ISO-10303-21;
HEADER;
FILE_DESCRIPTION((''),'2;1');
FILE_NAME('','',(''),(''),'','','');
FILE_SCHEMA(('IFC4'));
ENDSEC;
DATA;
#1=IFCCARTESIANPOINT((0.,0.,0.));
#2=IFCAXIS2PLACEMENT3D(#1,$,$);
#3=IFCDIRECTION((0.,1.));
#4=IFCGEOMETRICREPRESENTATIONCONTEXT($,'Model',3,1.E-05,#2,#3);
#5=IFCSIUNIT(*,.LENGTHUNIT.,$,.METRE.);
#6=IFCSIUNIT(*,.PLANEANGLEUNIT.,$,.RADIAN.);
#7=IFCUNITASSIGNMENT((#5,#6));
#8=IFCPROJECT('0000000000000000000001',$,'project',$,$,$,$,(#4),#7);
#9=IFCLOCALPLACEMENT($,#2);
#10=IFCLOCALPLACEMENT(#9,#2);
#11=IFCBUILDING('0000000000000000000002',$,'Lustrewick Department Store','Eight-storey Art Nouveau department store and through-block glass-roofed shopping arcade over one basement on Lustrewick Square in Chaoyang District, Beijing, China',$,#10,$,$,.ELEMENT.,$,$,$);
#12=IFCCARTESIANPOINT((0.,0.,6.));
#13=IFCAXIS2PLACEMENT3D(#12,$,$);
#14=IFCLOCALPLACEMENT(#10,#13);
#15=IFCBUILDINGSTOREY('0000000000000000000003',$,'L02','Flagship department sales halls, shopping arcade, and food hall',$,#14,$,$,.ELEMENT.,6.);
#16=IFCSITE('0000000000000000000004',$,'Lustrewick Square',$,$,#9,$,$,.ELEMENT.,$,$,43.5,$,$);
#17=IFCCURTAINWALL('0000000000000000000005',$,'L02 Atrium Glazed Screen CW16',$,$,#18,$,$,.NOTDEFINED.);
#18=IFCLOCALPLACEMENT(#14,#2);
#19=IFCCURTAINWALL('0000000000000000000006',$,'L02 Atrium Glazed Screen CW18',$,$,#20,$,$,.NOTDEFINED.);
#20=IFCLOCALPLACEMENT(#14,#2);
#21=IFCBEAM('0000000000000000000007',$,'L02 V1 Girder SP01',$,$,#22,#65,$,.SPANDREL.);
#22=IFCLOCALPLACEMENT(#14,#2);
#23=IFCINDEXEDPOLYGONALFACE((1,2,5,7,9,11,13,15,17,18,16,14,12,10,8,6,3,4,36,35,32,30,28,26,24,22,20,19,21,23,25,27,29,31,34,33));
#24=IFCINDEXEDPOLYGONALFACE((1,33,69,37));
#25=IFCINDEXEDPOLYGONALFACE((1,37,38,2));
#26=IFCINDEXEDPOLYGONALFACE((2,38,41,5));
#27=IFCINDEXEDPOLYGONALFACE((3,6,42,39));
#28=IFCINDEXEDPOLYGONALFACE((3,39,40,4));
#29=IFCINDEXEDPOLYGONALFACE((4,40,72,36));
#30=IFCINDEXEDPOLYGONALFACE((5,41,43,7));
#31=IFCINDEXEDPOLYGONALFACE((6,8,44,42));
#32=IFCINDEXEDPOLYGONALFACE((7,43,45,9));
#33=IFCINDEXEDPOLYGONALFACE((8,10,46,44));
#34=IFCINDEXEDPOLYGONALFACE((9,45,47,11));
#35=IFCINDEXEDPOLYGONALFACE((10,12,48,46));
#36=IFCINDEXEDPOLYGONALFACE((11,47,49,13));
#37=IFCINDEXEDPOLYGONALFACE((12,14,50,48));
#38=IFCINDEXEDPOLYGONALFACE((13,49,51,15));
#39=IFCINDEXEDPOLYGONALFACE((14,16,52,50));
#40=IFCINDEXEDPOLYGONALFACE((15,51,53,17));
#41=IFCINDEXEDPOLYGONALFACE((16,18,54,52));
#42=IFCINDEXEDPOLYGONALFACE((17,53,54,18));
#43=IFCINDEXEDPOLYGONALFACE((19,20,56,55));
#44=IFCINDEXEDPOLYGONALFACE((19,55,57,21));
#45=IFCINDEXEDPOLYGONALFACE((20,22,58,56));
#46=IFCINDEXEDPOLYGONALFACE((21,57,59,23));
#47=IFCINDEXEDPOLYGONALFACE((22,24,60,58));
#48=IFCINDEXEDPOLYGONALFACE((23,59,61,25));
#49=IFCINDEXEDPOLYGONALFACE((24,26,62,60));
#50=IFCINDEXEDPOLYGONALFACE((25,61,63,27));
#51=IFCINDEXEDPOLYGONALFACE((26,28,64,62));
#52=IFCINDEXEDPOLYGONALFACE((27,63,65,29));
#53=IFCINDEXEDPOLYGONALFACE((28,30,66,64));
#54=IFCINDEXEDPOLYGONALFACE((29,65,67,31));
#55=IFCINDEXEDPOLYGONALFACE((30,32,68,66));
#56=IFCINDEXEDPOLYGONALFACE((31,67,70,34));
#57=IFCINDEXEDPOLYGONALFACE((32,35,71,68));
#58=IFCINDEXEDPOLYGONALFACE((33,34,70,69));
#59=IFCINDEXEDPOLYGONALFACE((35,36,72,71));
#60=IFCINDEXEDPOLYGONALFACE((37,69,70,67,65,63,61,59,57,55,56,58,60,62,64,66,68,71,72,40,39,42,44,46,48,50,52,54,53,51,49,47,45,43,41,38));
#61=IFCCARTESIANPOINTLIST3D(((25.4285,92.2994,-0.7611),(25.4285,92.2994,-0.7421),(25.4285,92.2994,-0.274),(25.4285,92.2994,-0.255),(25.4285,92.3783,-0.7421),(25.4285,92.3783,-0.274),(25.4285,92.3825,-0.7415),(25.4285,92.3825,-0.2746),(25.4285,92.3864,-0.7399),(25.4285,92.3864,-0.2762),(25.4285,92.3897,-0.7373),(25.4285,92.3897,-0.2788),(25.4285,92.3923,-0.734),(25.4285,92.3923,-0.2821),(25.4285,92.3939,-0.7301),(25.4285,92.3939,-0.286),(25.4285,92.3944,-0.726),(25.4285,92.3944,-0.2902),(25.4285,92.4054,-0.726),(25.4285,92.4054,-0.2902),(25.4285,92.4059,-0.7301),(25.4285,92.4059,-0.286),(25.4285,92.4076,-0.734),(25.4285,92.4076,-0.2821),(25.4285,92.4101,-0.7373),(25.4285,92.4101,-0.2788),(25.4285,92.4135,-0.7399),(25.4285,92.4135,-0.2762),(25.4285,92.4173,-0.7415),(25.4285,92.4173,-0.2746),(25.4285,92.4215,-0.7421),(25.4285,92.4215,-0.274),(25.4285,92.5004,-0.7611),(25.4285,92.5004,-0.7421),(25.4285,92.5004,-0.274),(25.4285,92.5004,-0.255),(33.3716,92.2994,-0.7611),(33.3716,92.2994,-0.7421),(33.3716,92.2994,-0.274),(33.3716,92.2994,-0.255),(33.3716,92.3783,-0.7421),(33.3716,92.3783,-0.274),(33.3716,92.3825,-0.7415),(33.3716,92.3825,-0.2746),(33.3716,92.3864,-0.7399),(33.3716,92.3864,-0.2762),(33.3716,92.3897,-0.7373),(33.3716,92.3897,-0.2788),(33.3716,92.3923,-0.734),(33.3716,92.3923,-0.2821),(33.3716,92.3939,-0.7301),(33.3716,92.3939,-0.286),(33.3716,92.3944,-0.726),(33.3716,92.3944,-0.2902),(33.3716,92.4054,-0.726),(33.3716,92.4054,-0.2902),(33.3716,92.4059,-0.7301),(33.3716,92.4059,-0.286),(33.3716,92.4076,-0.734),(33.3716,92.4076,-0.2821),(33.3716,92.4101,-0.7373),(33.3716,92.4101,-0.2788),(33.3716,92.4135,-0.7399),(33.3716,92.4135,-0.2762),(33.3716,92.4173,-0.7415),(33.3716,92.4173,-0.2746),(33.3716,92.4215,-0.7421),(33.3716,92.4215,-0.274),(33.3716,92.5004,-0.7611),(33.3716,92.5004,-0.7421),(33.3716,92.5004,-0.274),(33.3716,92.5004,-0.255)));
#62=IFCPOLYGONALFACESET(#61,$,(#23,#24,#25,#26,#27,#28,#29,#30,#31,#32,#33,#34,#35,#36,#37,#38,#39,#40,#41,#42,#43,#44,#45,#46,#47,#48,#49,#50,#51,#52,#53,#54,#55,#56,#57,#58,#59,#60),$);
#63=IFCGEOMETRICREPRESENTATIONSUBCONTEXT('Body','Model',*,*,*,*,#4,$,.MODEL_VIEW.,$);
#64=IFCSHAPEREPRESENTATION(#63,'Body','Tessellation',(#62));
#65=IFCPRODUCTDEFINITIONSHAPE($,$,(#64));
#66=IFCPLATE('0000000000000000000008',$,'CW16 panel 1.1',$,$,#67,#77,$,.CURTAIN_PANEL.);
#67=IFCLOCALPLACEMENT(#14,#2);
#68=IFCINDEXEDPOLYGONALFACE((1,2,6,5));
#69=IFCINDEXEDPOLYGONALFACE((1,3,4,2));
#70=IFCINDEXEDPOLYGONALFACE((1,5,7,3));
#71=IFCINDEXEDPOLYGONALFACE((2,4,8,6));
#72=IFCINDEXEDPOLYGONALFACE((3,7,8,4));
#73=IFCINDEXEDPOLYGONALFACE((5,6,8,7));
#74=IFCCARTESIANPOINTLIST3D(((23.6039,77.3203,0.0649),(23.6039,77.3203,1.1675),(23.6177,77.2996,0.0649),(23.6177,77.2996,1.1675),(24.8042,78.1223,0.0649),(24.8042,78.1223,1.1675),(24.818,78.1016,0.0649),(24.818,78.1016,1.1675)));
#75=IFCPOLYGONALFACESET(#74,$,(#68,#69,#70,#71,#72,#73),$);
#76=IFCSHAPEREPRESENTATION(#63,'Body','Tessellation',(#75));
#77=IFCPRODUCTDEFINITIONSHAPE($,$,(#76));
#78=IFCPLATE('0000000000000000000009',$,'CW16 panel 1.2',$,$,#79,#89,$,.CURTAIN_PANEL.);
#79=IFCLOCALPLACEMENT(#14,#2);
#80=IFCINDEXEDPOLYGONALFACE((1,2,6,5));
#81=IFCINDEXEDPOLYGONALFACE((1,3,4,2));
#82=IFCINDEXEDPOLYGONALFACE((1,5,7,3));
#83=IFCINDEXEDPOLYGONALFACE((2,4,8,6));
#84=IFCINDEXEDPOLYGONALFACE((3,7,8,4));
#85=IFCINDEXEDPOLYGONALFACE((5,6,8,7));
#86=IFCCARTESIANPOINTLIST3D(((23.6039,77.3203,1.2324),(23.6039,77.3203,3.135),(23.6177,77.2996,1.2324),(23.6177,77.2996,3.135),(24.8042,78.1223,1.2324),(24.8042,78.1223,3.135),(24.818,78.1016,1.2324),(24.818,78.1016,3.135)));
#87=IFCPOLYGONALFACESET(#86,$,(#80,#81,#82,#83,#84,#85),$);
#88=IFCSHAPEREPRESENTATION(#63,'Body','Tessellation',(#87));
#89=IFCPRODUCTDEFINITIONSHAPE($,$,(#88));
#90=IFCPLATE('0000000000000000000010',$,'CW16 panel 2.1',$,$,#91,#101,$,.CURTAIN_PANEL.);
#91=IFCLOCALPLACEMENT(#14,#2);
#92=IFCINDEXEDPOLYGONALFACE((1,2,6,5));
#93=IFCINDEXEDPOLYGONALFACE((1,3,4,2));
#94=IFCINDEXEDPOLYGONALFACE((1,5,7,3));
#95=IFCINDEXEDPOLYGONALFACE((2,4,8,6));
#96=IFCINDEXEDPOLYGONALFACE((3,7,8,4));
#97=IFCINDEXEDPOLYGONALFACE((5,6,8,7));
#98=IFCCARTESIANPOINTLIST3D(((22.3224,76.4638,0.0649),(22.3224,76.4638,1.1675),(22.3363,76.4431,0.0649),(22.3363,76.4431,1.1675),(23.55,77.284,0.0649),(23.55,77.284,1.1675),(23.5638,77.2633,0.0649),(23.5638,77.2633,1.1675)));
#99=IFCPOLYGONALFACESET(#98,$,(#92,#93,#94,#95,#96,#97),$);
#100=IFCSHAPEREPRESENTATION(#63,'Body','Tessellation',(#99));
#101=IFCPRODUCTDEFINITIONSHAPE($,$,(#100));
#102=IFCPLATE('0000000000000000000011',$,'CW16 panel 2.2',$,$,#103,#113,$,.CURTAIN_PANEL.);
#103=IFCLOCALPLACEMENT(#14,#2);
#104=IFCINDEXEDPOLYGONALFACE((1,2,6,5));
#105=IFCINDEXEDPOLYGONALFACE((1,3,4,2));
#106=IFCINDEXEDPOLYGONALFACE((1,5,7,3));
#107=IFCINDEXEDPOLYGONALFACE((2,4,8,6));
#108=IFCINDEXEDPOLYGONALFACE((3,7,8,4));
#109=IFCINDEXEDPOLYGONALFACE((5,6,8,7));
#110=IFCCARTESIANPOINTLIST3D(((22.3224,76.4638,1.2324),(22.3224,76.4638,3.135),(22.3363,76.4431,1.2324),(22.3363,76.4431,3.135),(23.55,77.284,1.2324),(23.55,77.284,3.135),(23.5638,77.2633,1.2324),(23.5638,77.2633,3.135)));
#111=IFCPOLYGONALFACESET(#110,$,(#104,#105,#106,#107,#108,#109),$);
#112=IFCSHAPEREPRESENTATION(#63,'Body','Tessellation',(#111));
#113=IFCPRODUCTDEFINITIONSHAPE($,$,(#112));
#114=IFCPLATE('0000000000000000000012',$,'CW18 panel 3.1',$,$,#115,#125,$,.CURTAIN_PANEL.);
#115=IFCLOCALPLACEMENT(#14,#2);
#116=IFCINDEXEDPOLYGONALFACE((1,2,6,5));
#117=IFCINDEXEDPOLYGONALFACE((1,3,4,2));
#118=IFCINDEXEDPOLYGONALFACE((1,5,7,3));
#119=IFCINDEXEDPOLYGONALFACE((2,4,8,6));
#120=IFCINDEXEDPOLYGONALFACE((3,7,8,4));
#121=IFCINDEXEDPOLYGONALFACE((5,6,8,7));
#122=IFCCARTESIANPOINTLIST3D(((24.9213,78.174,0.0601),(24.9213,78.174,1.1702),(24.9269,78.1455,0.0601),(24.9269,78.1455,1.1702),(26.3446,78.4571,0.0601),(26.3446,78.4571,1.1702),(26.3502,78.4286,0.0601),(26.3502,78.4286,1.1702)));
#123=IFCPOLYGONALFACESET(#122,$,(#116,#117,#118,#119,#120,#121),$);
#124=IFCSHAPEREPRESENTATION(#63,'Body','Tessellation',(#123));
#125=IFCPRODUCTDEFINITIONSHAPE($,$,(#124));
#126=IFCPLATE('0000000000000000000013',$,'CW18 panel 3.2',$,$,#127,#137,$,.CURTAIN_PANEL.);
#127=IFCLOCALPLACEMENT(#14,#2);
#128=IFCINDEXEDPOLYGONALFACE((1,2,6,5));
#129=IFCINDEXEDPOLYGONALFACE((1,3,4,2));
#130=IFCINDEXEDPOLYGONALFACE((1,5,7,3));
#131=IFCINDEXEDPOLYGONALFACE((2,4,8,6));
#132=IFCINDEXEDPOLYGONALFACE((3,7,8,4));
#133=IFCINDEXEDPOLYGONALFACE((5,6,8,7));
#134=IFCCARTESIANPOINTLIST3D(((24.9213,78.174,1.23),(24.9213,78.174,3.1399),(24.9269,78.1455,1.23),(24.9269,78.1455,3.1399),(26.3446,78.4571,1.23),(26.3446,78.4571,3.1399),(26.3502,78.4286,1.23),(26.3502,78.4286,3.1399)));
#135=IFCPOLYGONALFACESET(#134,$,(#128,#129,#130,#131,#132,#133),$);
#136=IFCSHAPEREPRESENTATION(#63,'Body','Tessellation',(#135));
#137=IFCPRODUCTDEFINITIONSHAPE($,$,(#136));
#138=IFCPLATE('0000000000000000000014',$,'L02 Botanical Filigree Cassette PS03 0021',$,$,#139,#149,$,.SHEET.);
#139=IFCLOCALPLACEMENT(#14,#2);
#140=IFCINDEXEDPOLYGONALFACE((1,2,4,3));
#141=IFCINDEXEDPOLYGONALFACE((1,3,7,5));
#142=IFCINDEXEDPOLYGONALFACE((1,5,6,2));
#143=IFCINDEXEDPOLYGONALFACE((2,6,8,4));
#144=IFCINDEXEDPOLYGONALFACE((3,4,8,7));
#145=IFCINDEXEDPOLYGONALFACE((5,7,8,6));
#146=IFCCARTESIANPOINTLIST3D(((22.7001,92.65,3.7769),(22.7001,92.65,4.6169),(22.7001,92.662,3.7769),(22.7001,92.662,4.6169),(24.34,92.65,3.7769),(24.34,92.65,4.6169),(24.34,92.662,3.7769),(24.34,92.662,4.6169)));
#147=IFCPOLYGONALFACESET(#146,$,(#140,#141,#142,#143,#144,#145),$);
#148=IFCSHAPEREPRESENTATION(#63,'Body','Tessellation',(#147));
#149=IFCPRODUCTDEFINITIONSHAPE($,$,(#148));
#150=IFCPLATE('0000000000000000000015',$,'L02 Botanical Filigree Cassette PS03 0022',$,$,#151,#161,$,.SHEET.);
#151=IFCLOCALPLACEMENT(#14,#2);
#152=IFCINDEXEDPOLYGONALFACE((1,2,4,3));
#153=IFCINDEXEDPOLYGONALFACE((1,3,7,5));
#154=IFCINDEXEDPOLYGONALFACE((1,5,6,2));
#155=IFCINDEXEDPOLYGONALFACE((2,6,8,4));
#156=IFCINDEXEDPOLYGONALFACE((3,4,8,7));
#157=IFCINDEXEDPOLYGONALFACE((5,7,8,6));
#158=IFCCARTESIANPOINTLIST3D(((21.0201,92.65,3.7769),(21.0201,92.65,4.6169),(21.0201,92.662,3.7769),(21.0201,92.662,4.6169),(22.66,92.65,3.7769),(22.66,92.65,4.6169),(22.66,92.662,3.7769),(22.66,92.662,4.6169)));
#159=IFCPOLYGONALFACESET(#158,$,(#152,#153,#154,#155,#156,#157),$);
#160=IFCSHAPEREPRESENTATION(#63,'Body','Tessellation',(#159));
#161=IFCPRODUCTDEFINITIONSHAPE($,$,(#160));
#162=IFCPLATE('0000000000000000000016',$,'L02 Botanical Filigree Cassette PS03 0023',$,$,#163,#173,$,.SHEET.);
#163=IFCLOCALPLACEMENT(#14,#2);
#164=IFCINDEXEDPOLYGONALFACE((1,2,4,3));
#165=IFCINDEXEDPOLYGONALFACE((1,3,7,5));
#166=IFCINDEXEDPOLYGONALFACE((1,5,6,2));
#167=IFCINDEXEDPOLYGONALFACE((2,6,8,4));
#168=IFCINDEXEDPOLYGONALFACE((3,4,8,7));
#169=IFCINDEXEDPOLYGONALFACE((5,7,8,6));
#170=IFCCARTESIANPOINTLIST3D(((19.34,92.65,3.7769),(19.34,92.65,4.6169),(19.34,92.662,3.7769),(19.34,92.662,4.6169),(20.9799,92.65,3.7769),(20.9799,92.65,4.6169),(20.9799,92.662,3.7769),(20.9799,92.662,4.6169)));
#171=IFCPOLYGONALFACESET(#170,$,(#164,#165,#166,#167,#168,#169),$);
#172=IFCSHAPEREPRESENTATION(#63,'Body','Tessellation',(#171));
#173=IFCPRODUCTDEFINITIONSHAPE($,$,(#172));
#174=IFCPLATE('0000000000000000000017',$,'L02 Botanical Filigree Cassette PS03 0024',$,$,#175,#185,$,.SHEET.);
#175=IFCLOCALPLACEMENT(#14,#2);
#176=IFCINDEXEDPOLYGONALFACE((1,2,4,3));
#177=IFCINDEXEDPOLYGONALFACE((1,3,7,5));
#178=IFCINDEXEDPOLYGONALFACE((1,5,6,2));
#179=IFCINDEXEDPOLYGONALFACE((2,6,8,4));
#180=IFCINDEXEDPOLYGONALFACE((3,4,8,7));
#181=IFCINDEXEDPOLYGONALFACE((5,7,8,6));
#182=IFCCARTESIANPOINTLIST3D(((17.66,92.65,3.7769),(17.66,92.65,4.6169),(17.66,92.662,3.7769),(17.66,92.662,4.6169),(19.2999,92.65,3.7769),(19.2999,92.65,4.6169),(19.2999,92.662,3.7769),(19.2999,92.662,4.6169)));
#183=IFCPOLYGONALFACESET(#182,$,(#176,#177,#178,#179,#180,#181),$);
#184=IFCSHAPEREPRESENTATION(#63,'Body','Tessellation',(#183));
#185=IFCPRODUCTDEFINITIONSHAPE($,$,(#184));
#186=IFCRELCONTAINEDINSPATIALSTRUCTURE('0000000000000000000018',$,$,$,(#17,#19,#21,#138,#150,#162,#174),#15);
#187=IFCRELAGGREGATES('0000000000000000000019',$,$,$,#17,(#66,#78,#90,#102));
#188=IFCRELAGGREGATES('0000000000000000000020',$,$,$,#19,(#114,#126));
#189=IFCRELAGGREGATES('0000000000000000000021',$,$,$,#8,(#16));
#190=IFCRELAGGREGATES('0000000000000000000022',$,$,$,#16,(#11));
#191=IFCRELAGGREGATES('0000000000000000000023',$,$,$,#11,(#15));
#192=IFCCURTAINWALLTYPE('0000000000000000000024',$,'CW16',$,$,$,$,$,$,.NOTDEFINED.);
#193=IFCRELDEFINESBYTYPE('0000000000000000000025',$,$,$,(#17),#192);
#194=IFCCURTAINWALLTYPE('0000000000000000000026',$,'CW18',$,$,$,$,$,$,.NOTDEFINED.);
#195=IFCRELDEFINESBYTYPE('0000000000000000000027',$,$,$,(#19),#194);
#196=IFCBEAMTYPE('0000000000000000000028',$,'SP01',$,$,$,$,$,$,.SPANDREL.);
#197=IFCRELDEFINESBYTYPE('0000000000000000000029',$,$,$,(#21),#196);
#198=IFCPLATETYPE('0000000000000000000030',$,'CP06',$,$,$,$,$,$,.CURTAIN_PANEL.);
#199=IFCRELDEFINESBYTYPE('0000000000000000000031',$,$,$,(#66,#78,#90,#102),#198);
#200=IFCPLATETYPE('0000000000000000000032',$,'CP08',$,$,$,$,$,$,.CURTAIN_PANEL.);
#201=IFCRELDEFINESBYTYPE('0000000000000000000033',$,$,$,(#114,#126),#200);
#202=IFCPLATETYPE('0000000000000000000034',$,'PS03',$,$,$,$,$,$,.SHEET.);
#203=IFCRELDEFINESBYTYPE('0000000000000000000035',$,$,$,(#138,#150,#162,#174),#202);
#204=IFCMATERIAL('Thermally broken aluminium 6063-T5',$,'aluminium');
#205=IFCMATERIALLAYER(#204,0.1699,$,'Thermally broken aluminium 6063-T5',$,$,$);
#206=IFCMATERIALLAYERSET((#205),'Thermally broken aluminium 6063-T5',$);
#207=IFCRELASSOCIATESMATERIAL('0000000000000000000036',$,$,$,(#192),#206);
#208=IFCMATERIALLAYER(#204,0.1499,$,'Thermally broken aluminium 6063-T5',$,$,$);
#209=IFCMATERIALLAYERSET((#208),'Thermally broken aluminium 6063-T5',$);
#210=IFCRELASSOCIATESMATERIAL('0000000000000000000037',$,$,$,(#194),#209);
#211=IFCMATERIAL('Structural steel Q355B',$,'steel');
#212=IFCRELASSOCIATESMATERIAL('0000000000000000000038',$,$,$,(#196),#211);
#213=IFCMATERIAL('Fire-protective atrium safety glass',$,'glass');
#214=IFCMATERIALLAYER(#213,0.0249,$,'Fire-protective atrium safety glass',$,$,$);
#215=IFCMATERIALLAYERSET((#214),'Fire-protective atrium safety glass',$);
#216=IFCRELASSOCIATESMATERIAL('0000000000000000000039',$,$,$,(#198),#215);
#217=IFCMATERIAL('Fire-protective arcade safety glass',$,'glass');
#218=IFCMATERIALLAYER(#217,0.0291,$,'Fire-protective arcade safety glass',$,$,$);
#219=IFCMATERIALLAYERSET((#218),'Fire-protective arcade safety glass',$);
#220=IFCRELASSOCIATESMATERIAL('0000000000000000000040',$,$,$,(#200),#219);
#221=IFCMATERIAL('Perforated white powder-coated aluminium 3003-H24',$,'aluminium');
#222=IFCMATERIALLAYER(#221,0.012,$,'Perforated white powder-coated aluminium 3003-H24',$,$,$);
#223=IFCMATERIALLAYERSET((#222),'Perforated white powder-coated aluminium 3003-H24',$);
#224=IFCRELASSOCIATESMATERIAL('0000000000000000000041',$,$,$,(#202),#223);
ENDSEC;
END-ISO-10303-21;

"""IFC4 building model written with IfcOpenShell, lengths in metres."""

from ifc_helpers import new_model, si_unit, direction, frame, origin, origin_2d, place, context, subcontext, project, spatial, rectangle, i_section, extrude, material, layer, layer_set, material_profile, profile_set, type_object, element, aggregate, save


model = new_model("IFC4")

# Units and contexts
model_context = context("Model", 3, precision=1e-05, world=origin(), true_north=direction((0.0, 1.0)))
body_context = subcontext(model_context, "Body", "Model", "MODEL_VIEW")
ifc_project = project(units=[si_unit("LENGTHUNIT", "METRE"), si_unit("PLANEANGLEUNIT", "RADIAN")], contexts=[model_context])

# Site, building, storey
site_placement = place(None, origin())
site = spatial("IfcSite", under=ifc_project, at=site_placement, Name="Lustrewick Square", CompositionType="ELEMENT", RefElevation=43.5)
building_placement = place(site_placement, origin())
building = spatial("IfcBuilding", under=site, at=building_placement, Name="Lustrewick Department Store", Description="Eight-storey Art Nouveau department store and through-block glass-roofed shopping arcade over one basement on Lustrewick Square in Chaoyang District, Beijing, China", CompositionType="ELEMENT")
storey_placement = place(building_placement, frame((0.0, 0.0, 6.0)))
storey = spatial("IfcBuildingStorey", under=building, at=storey_placement, Name="L02", Description="Flagship department sales halls, shopping arcade, and food hall", CompositionType="ELEMENT", Elevation=6.0)

# Shared definitions
ifc_material_1 = material(Name="Structural steel Q355B", Category="steel")

# Curtain wall
ifc_material_2 = material(Name="Thermally broken aluminium 6063-T5", Category="aluminium")
ifc_layer_1 = layer(ifc_material_2, 0.1699, Name="Thermally broken aluminium 6063-T5")
ifc_layer_set_1 = layer_set([ifc_layer_1], Name="Thermally broken aluminium 6063-T5")
curtain_wall_type_1 = type_object("IfcCurtainWallType", Name="CW16", PredefinedType="NOTDEFINED", material=ifc_layer_set_1)
curtain_wall_1_placement = place(storey_placement, origin())
curtain_wall_1 = element("IfcCurtainWall", 1, at=curtain_wall_1_placement, inside=storey, type_object=curtain_wall_type_1, Name="L02 Atrium Glazed Screen CW16", PredefinedType="NOTDEFINED")

# Curtain wall
ifc_layer_2 = layer(ifc_material_2, 0.1499, Name="Thermally broken aluminium 6063-T5")
ifc_layer_set_2 = layer_set([ifc_layer_2], Name="Thermally broken aluminium 6063-T5")
curtain_wall_type_2 = type_object("IfcCurtainWallType", Name="CW18", PredefinedType="NOTDEFINED", material=ifc_layer_set_2)
curtain_wall_2_placement = place(storey_placement, origin())
curtain_wall_2 = element("IfcCurtainWall", 2, at=curtain_wall_2_placement, inside=storey, type_object=curtain_wall_type_2, Name="L02 Atrium Glazed Screen CW18", PredefinedType="NOTDEFINED")

# Beam
ifc_material_profile_1 = material_profile(ifc_material_1, i_section(OverallWidth=0.2009, OverallDepth=0.5061, WebThickness=0.011, FlangeThickness=0.019, FilletRadius=0.0161, at=origin_2d()), Name="HN 506x201x11x19")
ifc_profile_set_1 = profile_set([ifc_material_profile_1], Name="Structural steel Q355B")
beam_type_1 = type_object("IfcBeamType", Name="SP01", PredefinedType="SPANDREL", material=ifc_profile_set_1)
beam_1_placement = place(storey_placement, frame((25.4285, 92.3999, -0.5081), z_axis=(1.0, 0.0, 0.0), x_axis=(0.0, 1.0, 0.0)))
element("IfcBeam", 3, at=beam_1_placement, inside=storey, type_object=beam_type_1, Name="L02 V1 Girder SP01", PredefinedType="SPANDREL", context=body_context, shape_type="SweptSolid", body=[
    extrude(i_section(OverallWidth=0.2009, OverallDepth=0.5061, WebThickness=0.011, FlangeThickness=0.019, FilletRadius=0.0161, at=origin_2d()), origin(), (0.0, 0.0, 1.0), 7.9431),
])

# Plates
ifc_material_3 = material(Name="Fire-protective atrium safety glass", Category="glass")
ifc_layer_3 = layer(ifc_material_3, 0.0249, Name="Fire-protective atrium safety glass")
ifc_layer_set_3 = layer_set([ifc_layer_3], Name="Fire-protective atrium safety glass")
plate_type_1 = type_object("IfcPlateType", Name="CP06", PredefinedType="CURTAIN_PANEL", material=ifc_layer_set_3)
plate_1_placement = place(storey_placement, frame((24.2109, 77.7109, 0.0649), z_axis=(0.0, 0.0, 1.0), x_axis=(-0.831464, -0.555578, 0.0)))
plate_1 = element("IfcPlate", 4, at=plate_1_placement, type_object=plate_type_1, Name="CW16 panel 1.1", PredefinedType="CURTAIN_PANEL", context=body_context, shape_type="SweptSolid", body=[
    extrude(rectangle(XDim=1.4436, YDim=0.0249, at=origin_2d()), origin(), (0.0, 0.0, 1.0), 1.1025),
])
plate_2_placement = place(storey_placement, frame((24.2109, 77.7109, 1.2324), z_axis=(0.0, 0.0, 1.0), x_axis=(-0.831464, -0.555578, 0.0)))
plate_2 = element("IfcPlate", 5, at=plate_2_placement, type_object=plate_type_1, Name="CW16 panel 1.2", PredefinedType="CURTAIN_PANEL", context=body_context, shape_type="SweptSolid", body=[
    extrude(rectangle(XDim=1.4436, YDim=0.0249, at=origin_2d()), origin(), (0.0, 0.0, 1.0), 1.9026),
])
plate_3_placement = place(storey_placement, frame((22.9431, 76.8635, 0.0649), z_axis=(0.0, 0.0, 1.0), x_axis=(-0.831464, -0.555578, 0.0)))
plate_3 = element("IfcPlate", 6, at=plate_3_placement, type_object=plate_type_1, Name="CW16 panel 2.1", PredefinedType="CURTAIN_PANEL", context=body_context, shape_type="SweptSolid", body=[
    extrude(rectangle(XDim=1.4763, YDim=0.0249, at=origin_2d()), origin(), (0.0, 0.0, 1.0), 1.1025),
])
plate_4_placement = place(storey_placement, frame((22.9431, 76.8635, 1.2324), z_axis=(0.0, 0.0, 1.0), x_axis=(-0.831464, -0.555578, 0.0)))
plate_4 = element("IfcPlate", 7, at=plate_4_placement, type_object=plate_type_1, Name="CW16 panel 2.2", PredefinedType="CURTAIN_PANEL", context=body_context, shape_type="SweptSolid", body=[
    extrude(rectangle(XDim=1.4763, YDim=0.0249, at=origin_2d()), origin(), (0.0, 0.0, 1.0), 1.9026),
])
aggregate(curtain_wall_1, [plate_1, plate_2, plate_3, plate_4])
ifc_material_4 = material(Name="Fire-protective arcade safety glass", Category="glass")
ifc_layer_4 = layer(ifc_material_4, 0.0291, Name="Fire-protective arcade safety glass")
ifc_layer_set_4 = layer_set([ifc_layer_4], Name="Fire-protective arcade safety glass")
plate_type_2 = type_object("IfcPlateType", Name="CP08", PredefinedType="CURTAIN_PANEL", material=ifc_layer_set_4)
plate_5_placement = place(storey_placement, frame((25.6357, 78.3013, 0.0601), z_axis=(0.0, 0.0, 1.0), x_axis=(-0.980786, -0.195085, 0.0)))
plate_5 = element("IfcPlate", 8, at=plate_5_placement, type_object=plate_type_2, Name="CW18 panel 3.1", PredefinedType="CURTAIN_PANEL", context=body_context, shape_type="SweptSolid", body=[
    extrude(rectangle(XDim=1.4512, YDim=0.0291, at=origin_2d()), origin(), (0.0, 0.0, 1.0), 1.1101),
])
plate_6_placement = place(storey_placement, frame((25.6357, 78.3013, 1.23), z_axis=(0.0, 0.0, 1.0), x_axis=(-0.980786, -0.195085, 0.0)))
plate_6 = element("IfcPlate", 9, at=plate_6_placement, type_object=plate_type_2, Name="CW18 panel 3.2", PredefinedType="CURTAIN_PANEL", context=body_context, shape_type="SweptSolid", body=[
    extrude(rectangle(XDim=1.4512, YDim=0.0291, at=origin_2d()), origin(), (0.0, 0.0, 1.0), 1.9099),
])
aggregate(curtain_wall_2, [plate_5, plate_6])

# Plates
ifc_material_5 = material(Name="Perforated white powder-coated aluminium 3003-H24", Category="aluminium")
ifc_layer_5 = layer(ifc_material_5, 0.012, Name="Perforated white powder-coated aluminium 3003-H24")
ifc_layer_set_5 = layer_set([ifc_layer_5], Name="Perforated white powder-coated aluminium 3003-H24")
plate_type_3 = type_object("IfcPlateType", Name="PS03", PredefinedType="SHEET", material=ifc_layer_set_5)
for number, where, z_axis, x_axis, name in (
    (10, (23.52, 92.656, 3.7769), (0.0, 0.0, 1.0), (-1.0, 0.0, 0.0), "L02 Botanical Filigree Cassette PS03 0021"),
    (11, (21.8401, 92.656, 3.7769), (0.0, 0.0, 1.0), (-1.0, 0.0, 0.0), "L02 Botanical Filigree Cassette PS03 0022"),
    (12, (20.1599, 92.656, 3.7769), (0.0, 0.0, 1.0), (-1.0, 0.0, 0.0), "L02 Botanical Filigree Cassette PS03 0023"),
    (13, (18.48, 92.656, 3.7769), (0.0, 0.0, 1.0), (-1.0, 0.0, 0.0), "L02 Botanical Filigree Cassette PS03 0024"),
):
    element("IfcPlate", number, at=place(storey_placement, frame(where, z_axis=z_axis, x_axis=x_axis)), inside=storey, type_object=plate_type_3, Name=name, PredefinedType="SHEET", context=body_context, shape_type="SweptSolid", body=[
        extrude(rectangle(XDim=1.6399, YDim=0.012, at=origin_2d()), origin(), (0.0, 0.0, 1.0), 0.8401),
    ])

save(model, "model.ifc")
